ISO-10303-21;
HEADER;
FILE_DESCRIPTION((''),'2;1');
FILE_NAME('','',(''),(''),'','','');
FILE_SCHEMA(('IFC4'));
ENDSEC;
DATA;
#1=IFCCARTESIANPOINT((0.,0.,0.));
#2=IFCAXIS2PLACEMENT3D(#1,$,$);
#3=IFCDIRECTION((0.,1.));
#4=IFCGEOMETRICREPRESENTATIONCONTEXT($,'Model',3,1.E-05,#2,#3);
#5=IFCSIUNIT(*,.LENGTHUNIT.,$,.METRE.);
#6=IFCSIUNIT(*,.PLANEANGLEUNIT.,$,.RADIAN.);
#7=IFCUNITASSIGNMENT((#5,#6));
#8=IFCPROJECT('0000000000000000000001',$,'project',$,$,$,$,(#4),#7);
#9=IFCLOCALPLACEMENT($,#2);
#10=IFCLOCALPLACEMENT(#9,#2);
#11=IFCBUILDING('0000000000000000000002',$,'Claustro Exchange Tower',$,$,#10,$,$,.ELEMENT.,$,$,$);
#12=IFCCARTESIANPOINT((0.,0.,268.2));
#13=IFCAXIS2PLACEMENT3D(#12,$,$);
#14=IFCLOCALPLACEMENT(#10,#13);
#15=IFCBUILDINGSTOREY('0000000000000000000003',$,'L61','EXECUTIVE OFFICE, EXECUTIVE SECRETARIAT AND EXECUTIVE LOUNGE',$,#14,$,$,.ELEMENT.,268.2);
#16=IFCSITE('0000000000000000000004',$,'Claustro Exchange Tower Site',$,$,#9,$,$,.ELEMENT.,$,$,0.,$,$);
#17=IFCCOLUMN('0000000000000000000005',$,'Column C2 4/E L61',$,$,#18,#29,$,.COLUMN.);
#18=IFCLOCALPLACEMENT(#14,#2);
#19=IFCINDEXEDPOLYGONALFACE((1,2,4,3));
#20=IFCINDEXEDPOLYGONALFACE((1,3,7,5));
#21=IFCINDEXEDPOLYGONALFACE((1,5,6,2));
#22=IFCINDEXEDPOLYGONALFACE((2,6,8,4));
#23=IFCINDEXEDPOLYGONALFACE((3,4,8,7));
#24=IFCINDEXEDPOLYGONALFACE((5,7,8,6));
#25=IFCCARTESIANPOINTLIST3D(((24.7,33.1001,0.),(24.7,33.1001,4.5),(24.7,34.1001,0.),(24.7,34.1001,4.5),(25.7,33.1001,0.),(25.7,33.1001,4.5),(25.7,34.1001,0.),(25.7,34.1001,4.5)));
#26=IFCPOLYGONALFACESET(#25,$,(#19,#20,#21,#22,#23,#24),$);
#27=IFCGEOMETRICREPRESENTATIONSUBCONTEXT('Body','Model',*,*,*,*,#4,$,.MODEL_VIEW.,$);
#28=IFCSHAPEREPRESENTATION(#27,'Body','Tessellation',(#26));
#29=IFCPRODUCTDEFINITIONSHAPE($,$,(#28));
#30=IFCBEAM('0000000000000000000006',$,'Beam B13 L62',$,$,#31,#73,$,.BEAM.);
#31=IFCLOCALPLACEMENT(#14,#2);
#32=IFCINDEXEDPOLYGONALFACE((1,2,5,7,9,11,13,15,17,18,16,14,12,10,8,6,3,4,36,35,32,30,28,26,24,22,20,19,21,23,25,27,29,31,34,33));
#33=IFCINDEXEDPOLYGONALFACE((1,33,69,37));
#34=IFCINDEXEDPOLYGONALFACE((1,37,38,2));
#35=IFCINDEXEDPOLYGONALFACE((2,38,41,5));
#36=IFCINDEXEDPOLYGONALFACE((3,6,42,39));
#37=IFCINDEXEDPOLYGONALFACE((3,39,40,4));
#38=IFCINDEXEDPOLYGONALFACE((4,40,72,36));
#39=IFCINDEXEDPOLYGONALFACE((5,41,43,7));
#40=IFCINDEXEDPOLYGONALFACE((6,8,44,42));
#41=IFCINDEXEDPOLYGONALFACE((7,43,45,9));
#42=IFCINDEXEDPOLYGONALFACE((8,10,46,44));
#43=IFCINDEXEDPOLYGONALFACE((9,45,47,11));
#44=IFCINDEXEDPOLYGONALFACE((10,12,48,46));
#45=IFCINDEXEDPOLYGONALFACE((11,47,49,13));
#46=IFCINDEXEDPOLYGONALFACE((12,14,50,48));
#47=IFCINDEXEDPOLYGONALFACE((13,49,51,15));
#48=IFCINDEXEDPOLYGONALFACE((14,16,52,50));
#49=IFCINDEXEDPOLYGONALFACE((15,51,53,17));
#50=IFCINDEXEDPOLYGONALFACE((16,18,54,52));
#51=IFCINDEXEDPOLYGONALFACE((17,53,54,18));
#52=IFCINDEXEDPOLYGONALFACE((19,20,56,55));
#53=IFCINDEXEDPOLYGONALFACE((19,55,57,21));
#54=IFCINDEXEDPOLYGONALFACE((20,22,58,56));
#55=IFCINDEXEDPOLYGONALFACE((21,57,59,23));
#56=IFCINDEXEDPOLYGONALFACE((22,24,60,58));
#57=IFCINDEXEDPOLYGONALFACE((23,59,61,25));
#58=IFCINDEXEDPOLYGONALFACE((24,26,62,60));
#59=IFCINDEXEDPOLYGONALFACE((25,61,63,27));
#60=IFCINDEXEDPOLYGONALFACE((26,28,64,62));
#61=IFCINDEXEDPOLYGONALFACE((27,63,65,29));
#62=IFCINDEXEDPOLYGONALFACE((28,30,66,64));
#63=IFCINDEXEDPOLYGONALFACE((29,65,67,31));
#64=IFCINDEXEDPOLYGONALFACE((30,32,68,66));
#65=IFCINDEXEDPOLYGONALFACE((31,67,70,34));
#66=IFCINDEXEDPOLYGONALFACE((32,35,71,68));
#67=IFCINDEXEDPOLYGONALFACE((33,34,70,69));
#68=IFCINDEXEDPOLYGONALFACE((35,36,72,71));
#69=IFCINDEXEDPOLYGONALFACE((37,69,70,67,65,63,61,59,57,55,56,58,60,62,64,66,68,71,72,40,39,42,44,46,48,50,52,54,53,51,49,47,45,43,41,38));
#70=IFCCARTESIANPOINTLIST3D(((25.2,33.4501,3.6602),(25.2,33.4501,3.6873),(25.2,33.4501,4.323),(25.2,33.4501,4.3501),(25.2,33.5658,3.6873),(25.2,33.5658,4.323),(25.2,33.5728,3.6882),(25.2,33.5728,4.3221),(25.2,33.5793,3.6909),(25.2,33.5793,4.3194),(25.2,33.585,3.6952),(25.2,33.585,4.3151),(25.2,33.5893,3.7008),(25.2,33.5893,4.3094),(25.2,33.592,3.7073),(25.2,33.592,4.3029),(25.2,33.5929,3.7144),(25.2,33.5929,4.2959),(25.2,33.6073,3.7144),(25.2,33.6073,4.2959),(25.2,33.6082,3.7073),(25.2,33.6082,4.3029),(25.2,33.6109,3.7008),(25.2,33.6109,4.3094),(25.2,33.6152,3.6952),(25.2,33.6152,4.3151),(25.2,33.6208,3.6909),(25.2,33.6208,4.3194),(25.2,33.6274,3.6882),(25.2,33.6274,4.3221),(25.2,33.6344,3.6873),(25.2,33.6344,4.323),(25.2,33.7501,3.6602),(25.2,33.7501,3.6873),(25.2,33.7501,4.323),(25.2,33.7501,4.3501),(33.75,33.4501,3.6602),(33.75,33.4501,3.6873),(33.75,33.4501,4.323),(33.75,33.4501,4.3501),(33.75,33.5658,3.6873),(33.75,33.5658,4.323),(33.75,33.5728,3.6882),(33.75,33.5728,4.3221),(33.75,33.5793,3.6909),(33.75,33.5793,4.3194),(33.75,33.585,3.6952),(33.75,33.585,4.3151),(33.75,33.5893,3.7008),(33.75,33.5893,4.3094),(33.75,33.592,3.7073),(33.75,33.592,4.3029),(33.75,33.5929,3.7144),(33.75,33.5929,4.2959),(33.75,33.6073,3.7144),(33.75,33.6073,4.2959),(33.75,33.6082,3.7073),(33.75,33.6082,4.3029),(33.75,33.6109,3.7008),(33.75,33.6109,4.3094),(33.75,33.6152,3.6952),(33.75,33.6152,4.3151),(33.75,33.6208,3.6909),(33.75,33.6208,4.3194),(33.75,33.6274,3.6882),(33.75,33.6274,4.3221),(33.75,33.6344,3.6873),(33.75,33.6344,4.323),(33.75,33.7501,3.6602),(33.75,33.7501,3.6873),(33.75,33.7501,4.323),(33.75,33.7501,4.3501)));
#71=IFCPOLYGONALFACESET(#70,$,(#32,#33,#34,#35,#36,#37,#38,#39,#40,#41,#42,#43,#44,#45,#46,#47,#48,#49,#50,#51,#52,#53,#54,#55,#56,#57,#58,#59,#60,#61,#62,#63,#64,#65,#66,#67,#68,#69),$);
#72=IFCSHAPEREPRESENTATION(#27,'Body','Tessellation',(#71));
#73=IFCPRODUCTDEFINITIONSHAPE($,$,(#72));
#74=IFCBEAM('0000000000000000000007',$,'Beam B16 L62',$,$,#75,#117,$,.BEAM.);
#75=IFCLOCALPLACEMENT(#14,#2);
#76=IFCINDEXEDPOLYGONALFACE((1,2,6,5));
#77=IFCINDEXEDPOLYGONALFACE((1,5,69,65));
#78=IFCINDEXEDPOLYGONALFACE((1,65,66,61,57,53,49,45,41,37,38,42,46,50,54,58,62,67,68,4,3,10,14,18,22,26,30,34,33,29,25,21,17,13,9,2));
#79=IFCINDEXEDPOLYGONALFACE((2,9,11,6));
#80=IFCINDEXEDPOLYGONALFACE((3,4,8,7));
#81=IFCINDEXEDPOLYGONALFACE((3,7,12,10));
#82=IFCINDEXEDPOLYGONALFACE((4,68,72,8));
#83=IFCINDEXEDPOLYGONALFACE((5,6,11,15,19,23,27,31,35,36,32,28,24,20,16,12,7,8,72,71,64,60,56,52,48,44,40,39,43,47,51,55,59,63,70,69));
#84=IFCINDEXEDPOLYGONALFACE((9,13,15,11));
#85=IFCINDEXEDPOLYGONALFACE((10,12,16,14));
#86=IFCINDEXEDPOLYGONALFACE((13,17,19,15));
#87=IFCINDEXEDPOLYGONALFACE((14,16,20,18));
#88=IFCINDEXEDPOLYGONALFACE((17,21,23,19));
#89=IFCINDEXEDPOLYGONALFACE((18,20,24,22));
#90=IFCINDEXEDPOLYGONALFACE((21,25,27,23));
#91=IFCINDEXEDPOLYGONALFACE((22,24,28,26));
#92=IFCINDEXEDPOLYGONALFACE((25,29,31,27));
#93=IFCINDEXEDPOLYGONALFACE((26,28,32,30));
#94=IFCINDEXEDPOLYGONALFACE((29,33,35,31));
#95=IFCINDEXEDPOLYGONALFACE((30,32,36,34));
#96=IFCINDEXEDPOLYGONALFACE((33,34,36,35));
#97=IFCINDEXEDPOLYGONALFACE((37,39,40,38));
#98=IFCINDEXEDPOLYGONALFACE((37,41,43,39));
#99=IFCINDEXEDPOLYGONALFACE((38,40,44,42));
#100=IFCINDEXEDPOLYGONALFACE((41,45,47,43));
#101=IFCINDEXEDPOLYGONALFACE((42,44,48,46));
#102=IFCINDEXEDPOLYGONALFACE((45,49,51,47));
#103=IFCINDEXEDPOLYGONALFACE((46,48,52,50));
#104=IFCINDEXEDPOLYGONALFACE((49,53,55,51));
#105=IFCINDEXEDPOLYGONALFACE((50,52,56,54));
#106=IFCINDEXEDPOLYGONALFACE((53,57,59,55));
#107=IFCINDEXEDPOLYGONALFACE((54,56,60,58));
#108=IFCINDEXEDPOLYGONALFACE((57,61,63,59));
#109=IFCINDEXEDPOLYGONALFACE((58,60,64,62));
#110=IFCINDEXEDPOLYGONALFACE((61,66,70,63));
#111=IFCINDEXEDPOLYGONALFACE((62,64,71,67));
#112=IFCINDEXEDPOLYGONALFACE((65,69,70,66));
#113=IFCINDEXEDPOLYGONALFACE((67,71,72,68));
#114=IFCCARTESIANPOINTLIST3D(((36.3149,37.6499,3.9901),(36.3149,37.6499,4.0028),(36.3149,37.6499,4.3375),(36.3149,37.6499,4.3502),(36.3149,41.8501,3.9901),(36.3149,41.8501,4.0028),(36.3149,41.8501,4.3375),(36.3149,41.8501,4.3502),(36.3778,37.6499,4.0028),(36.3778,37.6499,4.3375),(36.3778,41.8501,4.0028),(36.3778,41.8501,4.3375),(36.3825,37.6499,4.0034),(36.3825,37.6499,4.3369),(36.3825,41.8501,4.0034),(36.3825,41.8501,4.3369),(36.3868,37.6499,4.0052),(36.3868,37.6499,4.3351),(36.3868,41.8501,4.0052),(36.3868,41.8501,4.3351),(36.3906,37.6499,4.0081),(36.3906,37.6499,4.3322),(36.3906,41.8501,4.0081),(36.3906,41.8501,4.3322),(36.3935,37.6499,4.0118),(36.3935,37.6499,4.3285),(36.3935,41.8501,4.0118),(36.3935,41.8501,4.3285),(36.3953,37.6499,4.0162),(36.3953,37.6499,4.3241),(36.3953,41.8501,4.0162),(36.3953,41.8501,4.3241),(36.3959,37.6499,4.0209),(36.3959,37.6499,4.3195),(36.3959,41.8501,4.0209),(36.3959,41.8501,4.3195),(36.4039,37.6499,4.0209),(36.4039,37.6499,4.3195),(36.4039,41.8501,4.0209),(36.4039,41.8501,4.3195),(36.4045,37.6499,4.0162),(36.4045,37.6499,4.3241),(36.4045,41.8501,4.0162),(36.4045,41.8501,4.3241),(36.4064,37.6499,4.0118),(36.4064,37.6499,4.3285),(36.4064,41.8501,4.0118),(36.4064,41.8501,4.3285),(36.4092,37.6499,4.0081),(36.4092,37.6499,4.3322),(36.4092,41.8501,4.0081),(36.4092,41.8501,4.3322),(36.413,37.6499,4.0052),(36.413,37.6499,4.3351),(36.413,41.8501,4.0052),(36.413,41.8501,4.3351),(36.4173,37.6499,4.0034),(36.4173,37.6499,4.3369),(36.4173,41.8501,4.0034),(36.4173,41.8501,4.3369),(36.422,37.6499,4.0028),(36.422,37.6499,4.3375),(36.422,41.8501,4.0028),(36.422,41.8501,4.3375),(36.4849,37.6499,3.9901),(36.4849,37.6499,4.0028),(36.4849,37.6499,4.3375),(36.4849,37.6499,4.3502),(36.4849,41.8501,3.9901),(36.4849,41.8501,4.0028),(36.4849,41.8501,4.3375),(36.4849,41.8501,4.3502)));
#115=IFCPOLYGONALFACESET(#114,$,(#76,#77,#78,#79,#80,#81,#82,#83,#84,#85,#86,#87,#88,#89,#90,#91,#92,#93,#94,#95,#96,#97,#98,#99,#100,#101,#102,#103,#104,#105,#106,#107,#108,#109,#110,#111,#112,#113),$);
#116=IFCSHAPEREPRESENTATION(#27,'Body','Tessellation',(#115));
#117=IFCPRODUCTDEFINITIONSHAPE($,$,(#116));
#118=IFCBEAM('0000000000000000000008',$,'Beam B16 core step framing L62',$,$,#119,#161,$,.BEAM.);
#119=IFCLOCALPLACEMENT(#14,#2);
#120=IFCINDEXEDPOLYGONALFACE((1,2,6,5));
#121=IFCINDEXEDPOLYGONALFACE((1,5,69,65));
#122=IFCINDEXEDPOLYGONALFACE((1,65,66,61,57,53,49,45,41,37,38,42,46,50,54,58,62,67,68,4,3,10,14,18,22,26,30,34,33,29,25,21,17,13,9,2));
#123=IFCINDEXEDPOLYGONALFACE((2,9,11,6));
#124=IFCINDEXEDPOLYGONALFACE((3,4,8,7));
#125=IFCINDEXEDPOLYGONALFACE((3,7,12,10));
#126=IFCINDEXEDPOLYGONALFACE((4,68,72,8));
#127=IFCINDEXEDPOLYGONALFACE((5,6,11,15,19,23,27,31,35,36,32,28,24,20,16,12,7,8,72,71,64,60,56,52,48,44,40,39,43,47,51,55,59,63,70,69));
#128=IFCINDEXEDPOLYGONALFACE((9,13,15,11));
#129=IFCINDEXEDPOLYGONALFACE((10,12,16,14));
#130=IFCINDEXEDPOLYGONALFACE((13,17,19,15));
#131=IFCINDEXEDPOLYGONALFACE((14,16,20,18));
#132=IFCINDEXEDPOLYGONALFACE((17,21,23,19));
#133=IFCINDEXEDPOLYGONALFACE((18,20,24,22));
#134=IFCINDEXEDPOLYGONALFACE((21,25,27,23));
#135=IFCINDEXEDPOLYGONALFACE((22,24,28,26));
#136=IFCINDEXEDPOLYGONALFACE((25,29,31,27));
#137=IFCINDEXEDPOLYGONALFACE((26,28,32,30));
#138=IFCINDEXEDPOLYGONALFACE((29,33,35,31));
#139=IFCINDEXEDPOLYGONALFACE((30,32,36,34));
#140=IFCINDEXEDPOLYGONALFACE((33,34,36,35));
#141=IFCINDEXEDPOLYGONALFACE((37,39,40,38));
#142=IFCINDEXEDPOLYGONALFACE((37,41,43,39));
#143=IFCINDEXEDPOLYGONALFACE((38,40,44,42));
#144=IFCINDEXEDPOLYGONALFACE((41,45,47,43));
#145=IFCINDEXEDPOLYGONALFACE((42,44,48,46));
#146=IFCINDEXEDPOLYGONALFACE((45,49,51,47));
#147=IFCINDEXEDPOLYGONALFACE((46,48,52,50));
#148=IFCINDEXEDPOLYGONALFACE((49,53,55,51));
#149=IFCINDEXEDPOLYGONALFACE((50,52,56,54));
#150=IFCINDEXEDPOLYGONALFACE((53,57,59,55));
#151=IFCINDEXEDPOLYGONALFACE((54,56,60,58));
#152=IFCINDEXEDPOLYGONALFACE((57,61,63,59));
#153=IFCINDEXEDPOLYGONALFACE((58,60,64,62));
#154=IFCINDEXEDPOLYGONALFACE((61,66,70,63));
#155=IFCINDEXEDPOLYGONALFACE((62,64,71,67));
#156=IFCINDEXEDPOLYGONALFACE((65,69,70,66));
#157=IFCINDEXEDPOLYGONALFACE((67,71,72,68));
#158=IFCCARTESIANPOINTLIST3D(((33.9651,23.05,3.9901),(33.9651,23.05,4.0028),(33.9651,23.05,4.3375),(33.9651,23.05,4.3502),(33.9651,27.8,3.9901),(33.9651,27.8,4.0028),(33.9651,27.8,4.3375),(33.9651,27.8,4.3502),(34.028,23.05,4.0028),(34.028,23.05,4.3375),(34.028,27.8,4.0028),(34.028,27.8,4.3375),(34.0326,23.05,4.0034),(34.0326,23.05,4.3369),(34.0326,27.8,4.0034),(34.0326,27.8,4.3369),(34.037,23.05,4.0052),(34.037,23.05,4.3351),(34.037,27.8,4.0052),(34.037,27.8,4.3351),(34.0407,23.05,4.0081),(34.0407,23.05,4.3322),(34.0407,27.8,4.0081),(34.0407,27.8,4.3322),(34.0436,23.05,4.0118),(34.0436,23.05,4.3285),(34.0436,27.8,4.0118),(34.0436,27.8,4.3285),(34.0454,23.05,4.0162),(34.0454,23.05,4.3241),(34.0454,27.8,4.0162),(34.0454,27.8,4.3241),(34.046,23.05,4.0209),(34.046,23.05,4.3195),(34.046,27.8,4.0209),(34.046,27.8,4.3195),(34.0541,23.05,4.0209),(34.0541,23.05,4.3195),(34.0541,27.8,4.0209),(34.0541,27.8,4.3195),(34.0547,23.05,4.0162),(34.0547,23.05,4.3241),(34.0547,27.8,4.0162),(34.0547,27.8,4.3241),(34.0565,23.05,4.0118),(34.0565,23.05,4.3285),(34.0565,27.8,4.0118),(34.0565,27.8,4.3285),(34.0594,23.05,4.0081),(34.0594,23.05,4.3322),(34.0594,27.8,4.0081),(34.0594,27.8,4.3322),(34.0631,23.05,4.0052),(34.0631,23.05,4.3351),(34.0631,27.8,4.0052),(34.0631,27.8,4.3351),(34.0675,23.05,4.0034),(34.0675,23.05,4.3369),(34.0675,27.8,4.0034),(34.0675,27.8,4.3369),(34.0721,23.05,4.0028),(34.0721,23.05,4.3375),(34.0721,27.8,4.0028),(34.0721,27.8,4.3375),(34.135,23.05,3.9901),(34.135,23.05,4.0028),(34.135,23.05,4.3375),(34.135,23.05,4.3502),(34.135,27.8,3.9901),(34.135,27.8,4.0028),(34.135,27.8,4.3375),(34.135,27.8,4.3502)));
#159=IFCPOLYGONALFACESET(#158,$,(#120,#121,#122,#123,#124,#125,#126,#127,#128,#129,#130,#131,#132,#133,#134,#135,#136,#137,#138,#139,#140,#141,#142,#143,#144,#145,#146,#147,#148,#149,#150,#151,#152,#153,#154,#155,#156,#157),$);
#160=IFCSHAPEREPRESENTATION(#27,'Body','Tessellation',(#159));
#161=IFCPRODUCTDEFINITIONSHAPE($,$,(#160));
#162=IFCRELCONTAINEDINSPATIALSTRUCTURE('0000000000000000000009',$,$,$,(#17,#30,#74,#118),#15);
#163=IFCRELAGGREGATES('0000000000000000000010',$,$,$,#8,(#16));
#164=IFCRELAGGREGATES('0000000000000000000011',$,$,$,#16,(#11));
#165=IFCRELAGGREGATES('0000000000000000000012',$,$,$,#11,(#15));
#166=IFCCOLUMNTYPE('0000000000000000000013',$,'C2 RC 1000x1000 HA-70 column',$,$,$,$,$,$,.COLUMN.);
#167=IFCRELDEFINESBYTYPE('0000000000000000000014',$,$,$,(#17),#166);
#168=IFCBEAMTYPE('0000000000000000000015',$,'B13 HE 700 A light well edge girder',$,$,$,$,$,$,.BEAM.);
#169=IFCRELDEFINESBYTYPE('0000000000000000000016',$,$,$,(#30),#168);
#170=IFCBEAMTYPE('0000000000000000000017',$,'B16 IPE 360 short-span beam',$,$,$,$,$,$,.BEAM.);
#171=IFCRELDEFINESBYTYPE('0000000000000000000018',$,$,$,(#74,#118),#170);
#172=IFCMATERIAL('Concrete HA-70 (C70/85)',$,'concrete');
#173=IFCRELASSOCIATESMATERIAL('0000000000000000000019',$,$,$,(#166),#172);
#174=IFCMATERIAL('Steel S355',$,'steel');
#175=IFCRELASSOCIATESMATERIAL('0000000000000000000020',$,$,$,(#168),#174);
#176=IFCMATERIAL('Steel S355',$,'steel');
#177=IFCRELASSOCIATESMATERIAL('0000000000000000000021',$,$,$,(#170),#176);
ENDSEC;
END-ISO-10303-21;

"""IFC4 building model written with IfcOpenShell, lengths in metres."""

from ifc_helpers import new_model, si_unit, direction, frame, origin, origin_2d, place, context, subcontext, project, spatial, rectangle, i_section, extrude, material, material_profile, profile_set, type_object, element, save


model = new_model("IFC4")

# Units and contexts
model_context = context("Model", 3, precision=1e-05, world=origin(), true_north=direction((0.0, 1.0)))
body_context = subcontext(model_context, "Body", "Model", "MODEL_VIEW")
ifc_project = project(units=[si_unit("LENGTHUNIT", "METRE"), si_unit("PLANEANGLEUNIT", "RADIAN")], contexts=[model_context])

# Site, building, storey
site_placement = place(None, origin())
site = spatial("IfcSite", under=ifc_project, at=site_placement, Name="Claustro Exchange Tower Site", CompositionType="ELEMENT", RefElevation=0.0)
building_placement = place(site_placement, origin())
building = spatial("IfcBuilding", under=site, at=building_placement, Name="Claustro Exchange Tower", CompositionType="ELEMENT")
storey_placement = place(building_placement, frame((0.0, 0.0, 268.2)))
storey = spatial("IfcBuildingStorey", under=building, at=storey_placement, Name="L61", Description="EXECUTIVE OFFICE, EXECUTIVE SECRETARIAT AND EXECUTIVE LOUNGE", CompositionType="ELEMENT", Elevation=268.2)

# Column
ifc_material_1 = material(Name="Concrete HA-70 (C70/85)", Category="concrete")
ifc_material_profile_1 = material_profile(ifc_material_1, rectangle(XDim=1.0, YDim=1.0, at=origin_2d()), Name="RC 1000x1000")
ifc_profile_set_1 = profile_set([ifc_material_profile_1], Name="Concrete HA-70 (C70/85)")
column_type = type_object("IfcColumnType", Name="C2 RC 1000x1000 HA-70 column", PredefinedType="COLUMN", material=ifc_profile_set_1)
column_placement = place(storey_placement, frame((25.2, 33.6001, 0.0), z_axis=(0.0, 0.0, 1.0), x_axis=(1.0, 0.0, 0.0)))
element("IfcColumn", 1, at=column_placement, inside=storey, type_object=column_type, Name="Column C2 4/E L61", PredefinedType="COLUMN", context=body_context, shape_type="SweptSolid", body=[
    extrude(rectangle(XDim=1.0, YDim=1.0, at=origin_2d()), origin(), (0.0, 0.0, 1.0), 4.5),
])

# Beams
ifc_material_2 = material(Name="Steel S355", Category="steel")
ifc_material_profile_2 = material_profile(ifc_material_2, i_section(OverallWidth=0.3, OverallDepth=0.6899, WebThickness=0.0144, FlangeThickness=0.0271, FilletRadius=0.0271, at=origin_2d()), Name="HE 700 A")
ifc_profile_set_2 = profile_set([ifc_material_profile_2], Name="Steel S355")
beam_type_1 = type_object("IfcBeamType", Name="B13 HE 700 A light well edge girder", PredefinedType="BEAM", material=ifc_profile_set_2)
beam_1_placement = place(storey_placement, frame((25.2, 33.6001, 4.0051), z_axis=(1.0, 0.0, 0.0), x_axis=(0.0, 1.0, 0.0)))
element("IfcBeam", 2, at=beam_1_placement, inside=storey, type_object=beam_type_1, Name="Beam B13 L62", PredefinedType="BEAM", context=body_context, shape_type="SweptSolid", body=[
    extrude(i_section(OverallWidth=0.3, OverallDepth=0.6899, WebThickness=0.0144, FlangeThickness=0.0271, FilletRadius=0.0271, at=origin_2d()), origin(), (0.0, 0.0, 1.0), 8.55),
])
ifc_material_3 = material(Name="Steel S355", Category="steel")
ifc_material_profile_3 = material_profile(ifc_material_3, i_section(OverallWidth=0.1699, OverallDepth=0.3601, WebThickness=0.0081, FlangeThickness=0.0127, FilletRadius=0.0181, at=origin_2d()), Name="IPE 360")
ifc_profile_set_3 = profile_set([ifc_material_profile_3], Name="Steel S355")
beam_type_2 = type_object("IfcBeamType", Name="B16 IPE 360 short-span beam", PredefinedType="BEAM", material=ifc_profile_set_3)
beam_2_placement = place(storey_placement, frame((36.3999, 37.6499, 4.1702), z_axis=(0.0, 1.0, 0.0), x_axis=(-1.0, 0.0, 0.0)))
element("IfcBeam", 3, at=beam_2_placement, inside=storey, type_object=beam_type_2, Name="Beam B16 L62", PredefinedType="BEAM", context=body_context, shape_type="SweptSolid", body=[
    extrude(i_section(OverallWidth=0.1699, OverallDepth=0.3601, WebThickness=0.0081, FlangeThickness=0.0127, FilletRadius=0.0181, at=origin_2d()), origin(), (0.0, 0.0, 1.0), 4.2002),
])
beam_3_placement = place(storey_placement, frame((34.05, 23.05, 4.1702), z_axis=(0.0, 1.0, 0.0), x_axis=(-1.0, 0.0, 0.0)))
element("IfcBeam", 4, at=beam_3_placement, inside=storey, type_object=beam_type_2, Name="Beam B16 core step framing L62", PredefinedType="BEAM", context=body_context, shape_type="SweptSolid", body=[
    extrude(i_section(OverallWidth=0.1699, OverallDepth=0.3601, WebThickness=0.0081, FlangeThickness=0.0127, FilletRadius=0.0181, at=origin_2d()), origin(), (0.0, 0.0, 1.0), 4.75),
])

save(model, "model.ifc")
